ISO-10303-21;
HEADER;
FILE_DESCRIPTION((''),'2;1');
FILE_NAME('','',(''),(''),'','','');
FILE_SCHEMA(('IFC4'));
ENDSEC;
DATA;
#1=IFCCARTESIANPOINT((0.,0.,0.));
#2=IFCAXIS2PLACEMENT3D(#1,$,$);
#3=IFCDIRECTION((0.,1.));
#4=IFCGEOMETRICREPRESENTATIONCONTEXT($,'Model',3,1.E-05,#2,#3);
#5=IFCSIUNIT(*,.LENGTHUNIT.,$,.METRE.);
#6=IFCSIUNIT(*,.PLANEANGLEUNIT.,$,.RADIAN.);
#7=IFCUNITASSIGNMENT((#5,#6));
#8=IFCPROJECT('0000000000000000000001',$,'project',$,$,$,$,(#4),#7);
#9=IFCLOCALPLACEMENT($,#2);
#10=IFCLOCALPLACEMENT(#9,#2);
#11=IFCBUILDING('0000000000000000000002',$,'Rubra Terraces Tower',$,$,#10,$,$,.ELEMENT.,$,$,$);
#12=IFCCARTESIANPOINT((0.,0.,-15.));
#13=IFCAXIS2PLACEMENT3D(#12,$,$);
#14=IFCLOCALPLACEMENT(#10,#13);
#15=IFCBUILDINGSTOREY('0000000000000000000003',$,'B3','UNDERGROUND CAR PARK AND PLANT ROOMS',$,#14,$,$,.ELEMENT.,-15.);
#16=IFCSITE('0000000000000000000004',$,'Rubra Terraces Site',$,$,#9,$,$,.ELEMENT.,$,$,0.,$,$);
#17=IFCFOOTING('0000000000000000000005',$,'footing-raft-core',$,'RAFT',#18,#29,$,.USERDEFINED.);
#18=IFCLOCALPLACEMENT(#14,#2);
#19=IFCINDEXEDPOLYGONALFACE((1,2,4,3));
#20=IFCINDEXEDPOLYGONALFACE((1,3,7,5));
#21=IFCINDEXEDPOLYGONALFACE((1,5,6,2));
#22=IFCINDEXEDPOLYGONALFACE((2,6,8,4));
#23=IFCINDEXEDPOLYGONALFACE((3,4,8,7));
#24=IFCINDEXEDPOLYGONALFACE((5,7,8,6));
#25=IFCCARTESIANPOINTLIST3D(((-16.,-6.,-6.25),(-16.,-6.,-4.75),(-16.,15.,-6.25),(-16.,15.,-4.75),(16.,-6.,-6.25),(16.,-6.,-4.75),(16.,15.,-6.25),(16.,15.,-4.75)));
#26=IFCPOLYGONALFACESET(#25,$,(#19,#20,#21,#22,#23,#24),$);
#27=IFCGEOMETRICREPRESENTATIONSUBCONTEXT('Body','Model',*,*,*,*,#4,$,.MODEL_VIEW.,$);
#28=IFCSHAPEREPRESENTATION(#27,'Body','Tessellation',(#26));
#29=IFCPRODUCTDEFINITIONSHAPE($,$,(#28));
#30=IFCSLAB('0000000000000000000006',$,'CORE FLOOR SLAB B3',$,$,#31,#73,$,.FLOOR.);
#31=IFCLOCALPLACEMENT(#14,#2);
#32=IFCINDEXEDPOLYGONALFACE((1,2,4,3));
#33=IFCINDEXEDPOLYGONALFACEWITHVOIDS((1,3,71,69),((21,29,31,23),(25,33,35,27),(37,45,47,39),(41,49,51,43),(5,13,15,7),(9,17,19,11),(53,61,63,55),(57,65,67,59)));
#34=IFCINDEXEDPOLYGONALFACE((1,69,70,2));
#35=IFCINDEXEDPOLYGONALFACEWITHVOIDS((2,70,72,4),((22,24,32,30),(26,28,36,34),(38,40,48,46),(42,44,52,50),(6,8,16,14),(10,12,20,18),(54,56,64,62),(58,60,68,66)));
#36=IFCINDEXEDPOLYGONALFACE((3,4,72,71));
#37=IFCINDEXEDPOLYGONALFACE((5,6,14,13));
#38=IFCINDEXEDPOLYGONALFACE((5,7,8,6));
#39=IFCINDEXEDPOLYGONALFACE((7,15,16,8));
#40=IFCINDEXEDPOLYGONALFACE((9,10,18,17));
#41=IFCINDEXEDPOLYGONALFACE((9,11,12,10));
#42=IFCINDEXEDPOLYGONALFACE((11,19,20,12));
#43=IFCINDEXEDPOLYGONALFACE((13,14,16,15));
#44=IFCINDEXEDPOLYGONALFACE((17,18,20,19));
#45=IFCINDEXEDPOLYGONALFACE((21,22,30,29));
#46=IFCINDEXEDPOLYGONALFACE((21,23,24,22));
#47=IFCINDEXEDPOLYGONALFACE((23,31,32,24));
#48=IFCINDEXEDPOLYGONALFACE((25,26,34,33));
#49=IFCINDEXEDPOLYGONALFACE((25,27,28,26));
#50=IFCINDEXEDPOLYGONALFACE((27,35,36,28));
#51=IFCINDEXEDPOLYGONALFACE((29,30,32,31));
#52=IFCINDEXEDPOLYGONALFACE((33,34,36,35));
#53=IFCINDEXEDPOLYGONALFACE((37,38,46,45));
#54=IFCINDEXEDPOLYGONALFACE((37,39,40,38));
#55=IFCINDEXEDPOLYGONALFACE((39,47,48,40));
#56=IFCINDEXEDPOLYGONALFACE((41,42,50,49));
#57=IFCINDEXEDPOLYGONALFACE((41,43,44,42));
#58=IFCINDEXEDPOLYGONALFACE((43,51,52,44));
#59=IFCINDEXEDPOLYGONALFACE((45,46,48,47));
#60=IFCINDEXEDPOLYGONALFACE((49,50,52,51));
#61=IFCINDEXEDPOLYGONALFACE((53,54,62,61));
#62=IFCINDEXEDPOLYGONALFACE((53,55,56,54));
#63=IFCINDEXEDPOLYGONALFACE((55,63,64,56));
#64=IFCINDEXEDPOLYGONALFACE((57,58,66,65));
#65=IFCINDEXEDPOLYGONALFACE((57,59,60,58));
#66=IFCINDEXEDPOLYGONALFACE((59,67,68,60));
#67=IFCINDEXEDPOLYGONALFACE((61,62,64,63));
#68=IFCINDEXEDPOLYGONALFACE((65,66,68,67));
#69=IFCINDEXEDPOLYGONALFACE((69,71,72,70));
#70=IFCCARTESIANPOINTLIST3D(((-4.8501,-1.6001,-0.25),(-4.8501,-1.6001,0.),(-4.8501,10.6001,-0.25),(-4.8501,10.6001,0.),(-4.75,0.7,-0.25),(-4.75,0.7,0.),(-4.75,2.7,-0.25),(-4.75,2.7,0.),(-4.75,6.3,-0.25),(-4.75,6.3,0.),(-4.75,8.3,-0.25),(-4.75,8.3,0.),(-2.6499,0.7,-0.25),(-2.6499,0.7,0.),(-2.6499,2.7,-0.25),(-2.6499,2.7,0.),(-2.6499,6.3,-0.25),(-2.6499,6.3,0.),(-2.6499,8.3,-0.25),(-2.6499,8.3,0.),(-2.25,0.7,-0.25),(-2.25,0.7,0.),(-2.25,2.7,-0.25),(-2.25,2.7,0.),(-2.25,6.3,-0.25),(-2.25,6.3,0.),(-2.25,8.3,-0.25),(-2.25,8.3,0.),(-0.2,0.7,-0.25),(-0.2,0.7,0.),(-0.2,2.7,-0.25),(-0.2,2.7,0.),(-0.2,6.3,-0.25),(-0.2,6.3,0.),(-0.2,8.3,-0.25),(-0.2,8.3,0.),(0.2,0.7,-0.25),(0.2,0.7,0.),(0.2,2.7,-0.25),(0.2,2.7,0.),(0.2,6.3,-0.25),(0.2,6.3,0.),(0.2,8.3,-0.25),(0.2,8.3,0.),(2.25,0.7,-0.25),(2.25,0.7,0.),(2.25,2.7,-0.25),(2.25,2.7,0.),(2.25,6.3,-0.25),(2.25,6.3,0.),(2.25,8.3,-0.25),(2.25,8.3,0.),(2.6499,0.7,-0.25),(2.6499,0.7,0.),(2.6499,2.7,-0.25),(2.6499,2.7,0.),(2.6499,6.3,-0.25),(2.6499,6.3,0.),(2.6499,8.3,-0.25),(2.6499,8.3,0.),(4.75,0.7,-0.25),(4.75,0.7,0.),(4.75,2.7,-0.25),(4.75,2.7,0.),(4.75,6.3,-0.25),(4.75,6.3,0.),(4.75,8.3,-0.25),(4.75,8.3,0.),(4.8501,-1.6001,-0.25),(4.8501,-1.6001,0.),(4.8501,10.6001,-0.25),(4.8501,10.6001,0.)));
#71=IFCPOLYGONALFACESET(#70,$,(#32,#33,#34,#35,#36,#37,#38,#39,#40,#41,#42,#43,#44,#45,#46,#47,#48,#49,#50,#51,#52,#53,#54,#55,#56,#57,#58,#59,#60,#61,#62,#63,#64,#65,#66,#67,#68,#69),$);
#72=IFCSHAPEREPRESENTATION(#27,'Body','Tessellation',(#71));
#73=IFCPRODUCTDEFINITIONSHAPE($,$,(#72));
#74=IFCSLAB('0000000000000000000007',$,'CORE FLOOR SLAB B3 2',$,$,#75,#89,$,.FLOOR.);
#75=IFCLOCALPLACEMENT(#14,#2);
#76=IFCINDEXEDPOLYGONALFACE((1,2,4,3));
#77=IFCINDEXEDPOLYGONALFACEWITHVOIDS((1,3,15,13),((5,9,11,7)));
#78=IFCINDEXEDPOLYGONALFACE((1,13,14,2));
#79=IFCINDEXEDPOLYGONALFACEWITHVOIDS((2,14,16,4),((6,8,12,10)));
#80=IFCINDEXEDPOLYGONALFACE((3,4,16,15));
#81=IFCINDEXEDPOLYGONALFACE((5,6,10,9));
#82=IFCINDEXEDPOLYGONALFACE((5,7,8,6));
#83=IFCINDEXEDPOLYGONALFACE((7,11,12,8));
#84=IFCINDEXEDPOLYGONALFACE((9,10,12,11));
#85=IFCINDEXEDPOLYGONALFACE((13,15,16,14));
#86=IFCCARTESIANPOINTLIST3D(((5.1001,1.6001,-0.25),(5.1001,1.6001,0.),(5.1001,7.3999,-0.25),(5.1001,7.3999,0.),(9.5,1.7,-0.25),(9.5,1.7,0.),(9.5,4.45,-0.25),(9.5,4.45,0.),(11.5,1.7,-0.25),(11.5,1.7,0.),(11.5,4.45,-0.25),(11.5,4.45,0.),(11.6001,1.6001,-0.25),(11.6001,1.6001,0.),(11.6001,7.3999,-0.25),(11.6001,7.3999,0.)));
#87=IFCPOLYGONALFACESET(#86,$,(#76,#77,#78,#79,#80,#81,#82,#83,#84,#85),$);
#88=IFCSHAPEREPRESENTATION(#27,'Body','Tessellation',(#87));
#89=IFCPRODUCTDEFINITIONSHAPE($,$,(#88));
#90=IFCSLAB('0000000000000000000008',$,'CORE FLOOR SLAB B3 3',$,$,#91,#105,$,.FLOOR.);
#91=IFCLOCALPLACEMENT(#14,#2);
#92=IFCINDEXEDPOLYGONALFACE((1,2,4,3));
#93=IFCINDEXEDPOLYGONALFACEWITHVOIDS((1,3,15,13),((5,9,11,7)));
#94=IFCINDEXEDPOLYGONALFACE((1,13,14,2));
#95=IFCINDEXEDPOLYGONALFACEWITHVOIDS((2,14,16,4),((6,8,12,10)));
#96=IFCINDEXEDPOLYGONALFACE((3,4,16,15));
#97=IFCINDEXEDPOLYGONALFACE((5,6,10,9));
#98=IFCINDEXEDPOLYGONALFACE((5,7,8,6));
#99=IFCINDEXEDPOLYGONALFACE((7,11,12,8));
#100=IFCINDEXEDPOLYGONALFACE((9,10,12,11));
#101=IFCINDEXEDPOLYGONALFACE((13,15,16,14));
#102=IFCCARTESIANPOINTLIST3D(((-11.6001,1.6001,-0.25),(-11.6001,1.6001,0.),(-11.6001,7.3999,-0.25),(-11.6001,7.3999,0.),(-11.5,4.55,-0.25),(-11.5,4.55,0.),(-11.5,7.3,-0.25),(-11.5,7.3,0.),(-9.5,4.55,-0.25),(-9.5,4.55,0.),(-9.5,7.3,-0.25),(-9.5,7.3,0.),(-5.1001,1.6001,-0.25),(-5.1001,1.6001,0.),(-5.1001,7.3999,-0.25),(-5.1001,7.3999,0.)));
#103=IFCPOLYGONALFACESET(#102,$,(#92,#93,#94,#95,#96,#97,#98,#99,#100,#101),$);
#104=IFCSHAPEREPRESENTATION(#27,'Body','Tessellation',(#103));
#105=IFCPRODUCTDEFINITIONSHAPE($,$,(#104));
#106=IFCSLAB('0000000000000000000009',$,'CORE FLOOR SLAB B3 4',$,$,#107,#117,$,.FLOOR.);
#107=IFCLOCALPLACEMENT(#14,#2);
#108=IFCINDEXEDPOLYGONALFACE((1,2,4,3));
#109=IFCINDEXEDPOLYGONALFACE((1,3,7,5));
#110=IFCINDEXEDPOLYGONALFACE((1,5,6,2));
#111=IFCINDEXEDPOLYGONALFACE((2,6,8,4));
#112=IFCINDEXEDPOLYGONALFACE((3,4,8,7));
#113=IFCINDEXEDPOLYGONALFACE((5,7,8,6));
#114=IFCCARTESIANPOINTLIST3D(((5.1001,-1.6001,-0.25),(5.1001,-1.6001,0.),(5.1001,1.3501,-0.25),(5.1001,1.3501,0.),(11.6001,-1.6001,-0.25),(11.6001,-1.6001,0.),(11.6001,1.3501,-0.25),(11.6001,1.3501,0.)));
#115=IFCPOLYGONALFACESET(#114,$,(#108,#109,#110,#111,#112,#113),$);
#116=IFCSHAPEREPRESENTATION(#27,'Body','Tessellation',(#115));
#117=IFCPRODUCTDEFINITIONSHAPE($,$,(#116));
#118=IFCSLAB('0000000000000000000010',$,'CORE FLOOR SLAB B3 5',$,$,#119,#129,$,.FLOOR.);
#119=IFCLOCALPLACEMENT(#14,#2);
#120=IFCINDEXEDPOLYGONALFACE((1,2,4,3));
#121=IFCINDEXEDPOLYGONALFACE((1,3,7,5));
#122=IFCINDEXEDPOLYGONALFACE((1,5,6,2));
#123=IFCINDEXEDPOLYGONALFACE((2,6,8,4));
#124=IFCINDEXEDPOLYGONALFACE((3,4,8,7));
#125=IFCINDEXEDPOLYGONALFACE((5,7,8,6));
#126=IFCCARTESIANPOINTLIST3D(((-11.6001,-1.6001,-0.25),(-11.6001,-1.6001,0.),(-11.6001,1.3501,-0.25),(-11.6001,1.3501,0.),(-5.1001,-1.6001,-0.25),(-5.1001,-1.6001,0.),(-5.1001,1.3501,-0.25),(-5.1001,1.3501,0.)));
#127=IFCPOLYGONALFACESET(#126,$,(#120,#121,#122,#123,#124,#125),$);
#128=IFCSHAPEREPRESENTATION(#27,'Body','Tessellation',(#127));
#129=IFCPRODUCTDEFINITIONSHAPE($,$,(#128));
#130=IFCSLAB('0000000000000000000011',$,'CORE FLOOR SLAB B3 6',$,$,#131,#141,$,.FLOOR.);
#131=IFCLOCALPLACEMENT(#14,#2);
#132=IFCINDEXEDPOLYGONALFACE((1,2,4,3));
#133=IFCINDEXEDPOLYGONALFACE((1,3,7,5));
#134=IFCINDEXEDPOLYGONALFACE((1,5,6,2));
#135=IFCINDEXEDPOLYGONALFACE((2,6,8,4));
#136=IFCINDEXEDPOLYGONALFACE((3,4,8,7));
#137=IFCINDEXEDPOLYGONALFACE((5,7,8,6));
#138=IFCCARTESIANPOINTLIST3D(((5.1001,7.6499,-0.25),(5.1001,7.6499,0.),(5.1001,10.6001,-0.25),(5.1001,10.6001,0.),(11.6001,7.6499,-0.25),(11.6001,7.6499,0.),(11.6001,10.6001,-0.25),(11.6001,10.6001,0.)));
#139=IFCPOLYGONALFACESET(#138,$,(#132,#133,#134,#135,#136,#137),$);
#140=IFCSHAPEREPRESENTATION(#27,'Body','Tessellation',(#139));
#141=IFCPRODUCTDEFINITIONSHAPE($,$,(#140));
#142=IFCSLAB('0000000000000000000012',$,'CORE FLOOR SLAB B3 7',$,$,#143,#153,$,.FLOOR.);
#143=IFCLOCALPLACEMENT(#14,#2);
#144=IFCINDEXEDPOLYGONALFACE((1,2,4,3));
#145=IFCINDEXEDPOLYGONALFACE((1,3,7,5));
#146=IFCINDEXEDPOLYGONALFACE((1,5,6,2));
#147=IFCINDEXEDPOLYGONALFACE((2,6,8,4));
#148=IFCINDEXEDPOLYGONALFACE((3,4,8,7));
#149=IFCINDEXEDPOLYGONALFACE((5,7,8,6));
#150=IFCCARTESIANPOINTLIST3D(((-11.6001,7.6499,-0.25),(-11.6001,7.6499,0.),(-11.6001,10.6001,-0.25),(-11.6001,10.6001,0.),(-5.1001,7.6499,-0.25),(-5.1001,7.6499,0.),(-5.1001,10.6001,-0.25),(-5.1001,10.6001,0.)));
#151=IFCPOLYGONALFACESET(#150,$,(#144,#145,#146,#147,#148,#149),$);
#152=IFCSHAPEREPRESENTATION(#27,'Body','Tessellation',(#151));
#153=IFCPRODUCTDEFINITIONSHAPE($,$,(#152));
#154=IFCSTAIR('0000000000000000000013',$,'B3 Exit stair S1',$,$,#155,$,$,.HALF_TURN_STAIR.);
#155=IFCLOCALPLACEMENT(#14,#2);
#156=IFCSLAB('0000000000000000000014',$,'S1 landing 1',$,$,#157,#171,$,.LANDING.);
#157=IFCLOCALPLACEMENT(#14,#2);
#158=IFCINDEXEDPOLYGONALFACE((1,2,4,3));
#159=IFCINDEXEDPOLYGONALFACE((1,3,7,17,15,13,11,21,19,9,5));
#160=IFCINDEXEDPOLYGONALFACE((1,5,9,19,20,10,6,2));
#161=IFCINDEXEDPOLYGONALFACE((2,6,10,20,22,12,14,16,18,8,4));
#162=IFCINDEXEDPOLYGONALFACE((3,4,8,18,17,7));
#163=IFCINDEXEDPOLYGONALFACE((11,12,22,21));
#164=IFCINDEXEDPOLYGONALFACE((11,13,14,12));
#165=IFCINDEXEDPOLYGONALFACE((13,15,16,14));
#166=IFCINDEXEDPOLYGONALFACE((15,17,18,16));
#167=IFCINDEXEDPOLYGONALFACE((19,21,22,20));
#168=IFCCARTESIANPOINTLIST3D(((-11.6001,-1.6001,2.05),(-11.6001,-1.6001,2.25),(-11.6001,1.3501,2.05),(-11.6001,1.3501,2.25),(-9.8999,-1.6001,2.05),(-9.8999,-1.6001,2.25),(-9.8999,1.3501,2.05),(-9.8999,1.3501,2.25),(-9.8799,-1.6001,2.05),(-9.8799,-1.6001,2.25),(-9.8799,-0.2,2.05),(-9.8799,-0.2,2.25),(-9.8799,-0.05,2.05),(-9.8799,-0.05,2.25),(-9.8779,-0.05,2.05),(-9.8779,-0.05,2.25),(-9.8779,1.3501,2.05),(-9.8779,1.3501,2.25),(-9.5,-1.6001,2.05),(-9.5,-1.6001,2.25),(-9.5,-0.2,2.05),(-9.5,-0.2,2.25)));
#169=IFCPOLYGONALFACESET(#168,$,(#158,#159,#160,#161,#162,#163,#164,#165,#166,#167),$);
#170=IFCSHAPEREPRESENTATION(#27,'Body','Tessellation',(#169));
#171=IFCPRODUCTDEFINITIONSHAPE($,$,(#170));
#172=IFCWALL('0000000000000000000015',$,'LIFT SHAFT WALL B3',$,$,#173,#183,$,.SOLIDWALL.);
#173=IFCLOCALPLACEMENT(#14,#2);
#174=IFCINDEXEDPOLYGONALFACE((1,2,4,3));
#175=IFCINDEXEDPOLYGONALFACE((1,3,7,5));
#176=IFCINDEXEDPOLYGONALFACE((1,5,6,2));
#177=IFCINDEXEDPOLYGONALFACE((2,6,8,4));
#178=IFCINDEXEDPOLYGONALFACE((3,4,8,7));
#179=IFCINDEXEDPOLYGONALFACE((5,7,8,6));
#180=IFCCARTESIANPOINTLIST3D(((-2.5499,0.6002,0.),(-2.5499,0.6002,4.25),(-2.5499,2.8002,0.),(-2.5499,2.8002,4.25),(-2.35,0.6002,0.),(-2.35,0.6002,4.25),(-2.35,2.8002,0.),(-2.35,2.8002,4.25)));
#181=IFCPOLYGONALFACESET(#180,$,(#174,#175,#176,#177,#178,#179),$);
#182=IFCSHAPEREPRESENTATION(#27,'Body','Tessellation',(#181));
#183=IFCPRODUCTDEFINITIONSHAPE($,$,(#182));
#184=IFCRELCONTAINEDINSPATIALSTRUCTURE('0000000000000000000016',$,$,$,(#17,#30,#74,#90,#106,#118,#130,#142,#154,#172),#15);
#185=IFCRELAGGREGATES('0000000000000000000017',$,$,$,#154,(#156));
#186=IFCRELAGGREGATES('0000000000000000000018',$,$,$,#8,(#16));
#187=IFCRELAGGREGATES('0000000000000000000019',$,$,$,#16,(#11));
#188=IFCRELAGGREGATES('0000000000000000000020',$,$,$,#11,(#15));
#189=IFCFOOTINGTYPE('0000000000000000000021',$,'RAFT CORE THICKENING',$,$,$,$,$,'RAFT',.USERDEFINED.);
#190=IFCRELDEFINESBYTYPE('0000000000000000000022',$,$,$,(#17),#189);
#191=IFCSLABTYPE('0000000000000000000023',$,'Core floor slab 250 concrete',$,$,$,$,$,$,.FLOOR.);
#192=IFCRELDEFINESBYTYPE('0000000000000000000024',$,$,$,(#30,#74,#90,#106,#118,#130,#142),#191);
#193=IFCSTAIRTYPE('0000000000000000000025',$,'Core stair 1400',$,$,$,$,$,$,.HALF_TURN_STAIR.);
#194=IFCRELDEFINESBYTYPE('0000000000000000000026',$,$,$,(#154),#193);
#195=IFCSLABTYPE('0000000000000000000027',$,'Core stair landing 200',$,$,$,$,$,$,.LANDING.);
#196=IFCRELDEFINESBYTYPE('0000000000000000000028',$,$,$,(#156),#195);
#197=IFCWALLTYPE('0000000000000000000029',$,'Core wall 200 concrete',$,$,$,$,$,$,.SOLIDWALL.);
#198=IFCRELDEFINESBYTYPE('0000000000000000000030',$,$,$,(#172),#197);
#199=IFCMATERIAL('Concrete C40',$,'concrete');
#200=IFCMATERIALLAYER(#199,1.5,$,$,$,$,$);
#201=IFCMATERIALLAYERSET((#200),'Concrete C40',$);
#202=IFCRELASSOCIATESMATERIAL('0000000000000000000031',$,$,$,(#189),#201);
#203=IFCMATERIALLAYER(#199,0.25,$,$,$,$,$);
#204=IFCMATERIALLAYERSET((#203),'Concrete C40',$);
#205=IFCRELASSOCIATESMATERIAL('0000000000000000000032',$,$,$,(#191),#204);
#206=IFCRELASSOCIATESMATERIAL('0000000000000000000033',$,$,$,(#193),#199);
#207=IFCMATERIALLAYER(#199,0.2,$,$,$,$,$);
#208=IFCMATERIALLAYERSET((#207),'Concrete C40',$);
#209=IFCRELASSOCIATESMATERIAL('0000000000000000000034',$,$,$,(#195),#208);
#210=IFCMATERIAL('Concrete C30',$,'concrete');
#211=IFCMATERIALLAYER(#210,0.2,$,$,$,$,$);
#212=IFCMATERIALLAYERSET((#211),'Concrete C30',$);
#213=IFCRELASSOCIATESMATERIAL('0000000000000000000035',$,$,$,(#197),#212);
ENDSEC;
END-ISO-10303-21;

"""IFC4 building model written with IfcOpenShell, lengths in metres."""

from ifc_helpers import new_model, si_unit, direction, frame, frame_2d, origin, place, context, subcontext, project, spatial, polyline, rectangle, outline, extrude, material, layer, layer_set, type_object, element, aggregate, save


model = new_model("IFC4")

# Units and contexts
model_context = context("Model", 3, precision=1e-05, world=origin(), true_north=direction((0.0, 1.0)))
body_context = subcontext(model_context, "Body", "Model", "MODEL_VIEW")
ifc_project = project(units=[si_unit("LENGTHUNIT", "METRE"), si_unit("PLANEANGLEUNIT", "RADIAN")], contexts=[model_context])

# Site, building, storey
site_placement = place(None, origin())
site = spatial("IfcSite", under=ifc_project, at=site_placement, Name="Rubra Terraces Site", CompositionType="ELEMENT", RefElevation=0.0)
building_placement = place(site_placement, origin())
building = spatial("IfcBuilding", under=site, at=building_placement, Name="Rubra Terraces Tower", CompositionType="ELEMENT")
storey_placement = place(building_placement, frame((0.0, 0.0, -15.0)))
storey = spatial("IfcBuildingStorey", under=building, at=storey_placement, Name="B3", Description="UNDERGROUND CAR PARK AND PLANT ROOMS", CompositionType="ELEMENT", Elevation=-15.0)

# Shared definitions
ifc_material_1 = material(Name="Concrete C40", Category="concrete")

# Footing
ifc_layer_1 = layer(ifc_material_1, 1.5)
ifc_layer_set_1 = layer_set([ifc_layer_1], Name="Concrete C40")
footing_type_1 = type_object("IfcFootingType", Name="RAFT CORE THICKENING", ElementType="RAFT", PredefinedType="USERDEFINED", material=ifc_layer_set_1)
footing_1_placement = place(storey_placement, frame((0.0, 0.0, -6.25)))
element("IfcFooting", 1, at=footing_1_placement, inside=storey, type_object=footing_type_1, Name="footing-raft-core", ObjectType="RAFT", PredefinedType="USERDEFINED", context=body_context, shape_type="SweptSolid", body=[
    extrude(outline(polyline([(16.0, -6.0), (16.0, 15.0), (-16.0, 15.0), (-16.0, -6.0), (16.0, -6.0)])), origin(), (0.0, 0.0, 1.0), 1.5),
])

# Slabs
ifc_layer_2 = layer(ifc_material_1, 0.25)
ifc_layer_set_2 = layer_set([ifc_layer_2], Name="Concrete C40")
slab_type_1 = type_object("IfcSlabType", Name="Core floor slab 250 concrete", PredefinedType="FLOOR", material=ifc_layer_set_2)
slab_1_placement = place(storey_placement, frame((0.0, 0.0, -0.25)))
element("IfcSlab", 2, at=slab_1_placement, inside=storey, type_object=slab_type_1, Name="CORE FLOOR SLAB B3", PredefinedType="FLOOR", context=body_context, shape_type="SweptSolid", body=[
    extrude(outline(polyline([(4.8501, 10.6001), (4.8501, -1.6001), (-4.8501, -1.6001), (-4.8501, 10.6001), (4.8501, 10.6001)]), holes=[polyline([(4.75, 8.3), (2.6499, 8.3), (2.6499, 6.3), (4.75, 6.3), (4.75, 8.3)]), polyline([(4.75, 2.7), (2.6499, 2.7), (2.6499, 0.7), (4.75, 0.7), (4.75, 2.7)]), polyline([(0.2, 2.7), (0.2, 0.7), (2.25, 0.7), (2.25, 2.7), (0.2, 2.7)]), polyline([(2.25, 8.3), (0.2, 8.3), (0.2, 6.3), (2.25, 6.3), (2.25, 8.3)]), polyline([(-2.25, 8.3), (-2.25, 6.3), (-0.2, 6.3), (-0.2, 8.3), (-2.25, 8.3)]), polyline([(-2.25, 2.7), (-2.25, 0.7), (-0.2, 0.7), (-0.2, 2.7), (-2.25, 2.7)]), polyline([(-4.75, 6.3), (-2.6499, 6.3), (-2.6499, 8.3), (-4.75, 8.3), (-4.75, 6.3)]), polyline([(-4.75, 2.7), (-4.75, 0.7), (-2.6499, 0.7), (-2.6499, 2.7), (-4.75, 2.7)])]), origin(), (0.0, 0.0, 1.0), 0.25),
])
slab_2_placement = place(storey_placement, frame((0.0, 0.0, -0.25)))
element("IfcSlab", 3, at=slab_2_placement, inside=storey, type_object=slab_type_1, Name="CORE FLOOR SLAB B3 2", PredefinedType="FLOOR", context=body_context, shape_type="SweptSolid", body=[
    extrude(outline(polyline([(11.6001, 1.6001), (5.1001, 1.6001), (5.1001, 7.3999), (11.6001, 7.3999), (11.6001, 1.6001)]), holes=[polyline([(11.5, 1.7), (11.5, 4.45), (9.5, 4.45), (9.5, 1.7), (11.5, 1.7)])]), origin(), (0.0, 0.0, 1.0), 0.25),
])
slab_3_placement = place(storey_placement, frame((0.0, 0.0, -0.25)))
element("IfcSlab", 4, at=slab_3_placement, inside=storey, type_object=slab_type_1, Name="CORE FLOOR SLAB B3 3", PredefinedType="FLOOR", context=body_context, shape_type="SweptSolid", body=[
    extrude(outline(polyline([(-11.6001, 7.3999), (-5.1001, 7.3999), (-5.1001, 1.6001), (-11.6001, 1.6001), (-11.6001, 7.3999)]), holes=[polyline([(-11.5, 4.55), (-9.5, 4.55), (-9.5, 7.3), (-11.5, 7.3), (-11.5, 4.55)])]), origin(), (0.0, 0.0, 1.0), 0.25),
])
slab_4_placement = place(storey_placement, frame((0.0, 0.0, -0.25)))
element("IfcSlab", 5, at=slab_4_placement, inside=storey, type_object=slab_type_1, Name="CORE FLOOR SLAB B3 4", PredefinedType="FLOOR", context=body_context, shape_type="SweptSolid", body=[
    extrude(outline(polyline([(11.6001, -1.6001), (5.1001, -1.6001), (5.1001, 1.3501), (11.6001, 1.3501), (11.6001, -1.6001)])), origin(), (0.0, 0.0, 1.0), 0.25),
])
slab_5_placement = place(storey_placement, frame((0.0, 0.0, -0.25)))
element("IfcSlab", 6, at=slab_5_placement, inside=storey, type_object=slab_type_1, Name="CORE FLOOR SLAB B3 5", PredefinedType="FLOOR", context=body_context, shape_type="SweptSolid", body=[
    extrude(outline(polyline([(-11.6001, 1.3501), (-5.1001, 1.3501), (-5.1001, -1.6001), (-11.6001, -1.6001), (-11.6001, 1.3501)])), origin(), (0.0, 0.0, 1.0), 0.25),
])
slab_6_placement = place(storey_placement, frame((0.0, 0.0, -0.25)))
element("IfcSlab", 7, at=slab_6_placement, inside=storey, type_object=slab_type_1, Name="CORE FLOOR SLAB B3 6", PredefinedType="FLOOR", context=body_context, shape_type="SweptSolid", body=[
    extrude(outline(polyline([(11.6001, 10.6001), (11.6001, 7.6499), (5.1001, 7.6499), (5.1001, 10.6001), (11.6001, 10.6001)])), origin(), (0.0, 0.0, 1.0), 0.25),
])
slab_7_placement = place(storey_placement, frame((0.0, 0.0, -0.25)))
element("IfcSlab", 8, at=slab_7_placement, inside=storey, type_object=slab_type_1, Name="CORE FLOOR SLAB B3 7", PredefinedType="FLOOR", context=body_context, shape_type="SweptSolid", body=[
    extrude(outline(polyline([(-11.6001, 10.6001), (-5.1001, 10.6001), (-5.1001, 7.6499), (-11.6001, 7.6499), (-11.6001, 10.6001)])), origin(), (0.0, 0.0, 1.0), 0.25),
])

# Stair, slab
stair_type = type_object("IfcStairType", Name="Core stair 1400", PredefinedType="HALF_TURN_STAIR", material=ifc_material_1)
stair_placement = place(storey_placement, origin())
stair = element("IfcStair", 9, at=stair_placement, inside=storey, type_object=stair_type, Name="B3 Exit stair S1", PredefinedType="HALF_TURN_STAIR")
ifc_layer_3 = layer(ifc_material_1, 0.2)
ifc_layer_set_3 = layer_set([ifc_layer_3], Name="Concrete C40")
slab_type_2 = type_object("IfcSlabType", Name="Core stair landing 200", PredefinedType="LANDING", material=ifc_layer_set_3)
slab_8_placement = place(storey_placement, frame((0.0, 0.0, 2.05)))
slab_8 = element("IfcSlab", 10, at=slab_8_placement, type_object=slab_type_2, Name="S1 landing 1", PredefinedType="LANDING", context=body_context, shape_type="SweptSolid", body=[
    extrude(outline(polyline([(-9.5, -0.2), (-9.5, -1.6001), (-9.8799, -1.6001), (-9.8999, -1.6001), (-11.6001, -1.6001), (-11.6001, 1.3501), (-9.8999, 1.3501), (-9.8779, 1.3501), (-9.8779, -0.05), (-9.8799, -0.05), (-9.8799, -0.2), (-9.5, -0.2)])), origin(), (0.0, 0.0, 1.0), 0.2),
])
aggregate(stair, [slab_8])

# Wall
ifc_material_2 = material(Name="Concrete C30", Category="concrete")
ifc_layer_4 = layer(ifc_material_2, 0.2)
ifc_layer_set_4 = layer_set([ifc_layer_4], Name="Concrete C30")
wall_type_1 = type_object("IfcWallType", Name="Core wall 200 concrete", PredefinedType="SOLIDWALL", material=ifc_layer_set_4)
for number, where, z_axis, x_axis, name in (
    (11, (-2.45, 0.6001, 0.0), (0.0, 0.0, 1.0), (0.0, 1.0, 0.0), "LIFT SHAFT WALL B3"),
):
    element("IfcWall", number, at=place(storey_placement, frame(where, z_axis=z_axis, x_axis=x_axis)), inside=storey, type_object=wall_type_1, Name=name, PredefinedType="SOLIDWALL", context=body_context, shape_type="SweptSolid", body=[
        extrude(rectangle(XDim=2.2, YDim=0.2, at=frame_2d((1.1001, 0.0))), origin(), (0.0, 0.0, 1.0), 4.25),
    ])

save(model, "model.ifc")
